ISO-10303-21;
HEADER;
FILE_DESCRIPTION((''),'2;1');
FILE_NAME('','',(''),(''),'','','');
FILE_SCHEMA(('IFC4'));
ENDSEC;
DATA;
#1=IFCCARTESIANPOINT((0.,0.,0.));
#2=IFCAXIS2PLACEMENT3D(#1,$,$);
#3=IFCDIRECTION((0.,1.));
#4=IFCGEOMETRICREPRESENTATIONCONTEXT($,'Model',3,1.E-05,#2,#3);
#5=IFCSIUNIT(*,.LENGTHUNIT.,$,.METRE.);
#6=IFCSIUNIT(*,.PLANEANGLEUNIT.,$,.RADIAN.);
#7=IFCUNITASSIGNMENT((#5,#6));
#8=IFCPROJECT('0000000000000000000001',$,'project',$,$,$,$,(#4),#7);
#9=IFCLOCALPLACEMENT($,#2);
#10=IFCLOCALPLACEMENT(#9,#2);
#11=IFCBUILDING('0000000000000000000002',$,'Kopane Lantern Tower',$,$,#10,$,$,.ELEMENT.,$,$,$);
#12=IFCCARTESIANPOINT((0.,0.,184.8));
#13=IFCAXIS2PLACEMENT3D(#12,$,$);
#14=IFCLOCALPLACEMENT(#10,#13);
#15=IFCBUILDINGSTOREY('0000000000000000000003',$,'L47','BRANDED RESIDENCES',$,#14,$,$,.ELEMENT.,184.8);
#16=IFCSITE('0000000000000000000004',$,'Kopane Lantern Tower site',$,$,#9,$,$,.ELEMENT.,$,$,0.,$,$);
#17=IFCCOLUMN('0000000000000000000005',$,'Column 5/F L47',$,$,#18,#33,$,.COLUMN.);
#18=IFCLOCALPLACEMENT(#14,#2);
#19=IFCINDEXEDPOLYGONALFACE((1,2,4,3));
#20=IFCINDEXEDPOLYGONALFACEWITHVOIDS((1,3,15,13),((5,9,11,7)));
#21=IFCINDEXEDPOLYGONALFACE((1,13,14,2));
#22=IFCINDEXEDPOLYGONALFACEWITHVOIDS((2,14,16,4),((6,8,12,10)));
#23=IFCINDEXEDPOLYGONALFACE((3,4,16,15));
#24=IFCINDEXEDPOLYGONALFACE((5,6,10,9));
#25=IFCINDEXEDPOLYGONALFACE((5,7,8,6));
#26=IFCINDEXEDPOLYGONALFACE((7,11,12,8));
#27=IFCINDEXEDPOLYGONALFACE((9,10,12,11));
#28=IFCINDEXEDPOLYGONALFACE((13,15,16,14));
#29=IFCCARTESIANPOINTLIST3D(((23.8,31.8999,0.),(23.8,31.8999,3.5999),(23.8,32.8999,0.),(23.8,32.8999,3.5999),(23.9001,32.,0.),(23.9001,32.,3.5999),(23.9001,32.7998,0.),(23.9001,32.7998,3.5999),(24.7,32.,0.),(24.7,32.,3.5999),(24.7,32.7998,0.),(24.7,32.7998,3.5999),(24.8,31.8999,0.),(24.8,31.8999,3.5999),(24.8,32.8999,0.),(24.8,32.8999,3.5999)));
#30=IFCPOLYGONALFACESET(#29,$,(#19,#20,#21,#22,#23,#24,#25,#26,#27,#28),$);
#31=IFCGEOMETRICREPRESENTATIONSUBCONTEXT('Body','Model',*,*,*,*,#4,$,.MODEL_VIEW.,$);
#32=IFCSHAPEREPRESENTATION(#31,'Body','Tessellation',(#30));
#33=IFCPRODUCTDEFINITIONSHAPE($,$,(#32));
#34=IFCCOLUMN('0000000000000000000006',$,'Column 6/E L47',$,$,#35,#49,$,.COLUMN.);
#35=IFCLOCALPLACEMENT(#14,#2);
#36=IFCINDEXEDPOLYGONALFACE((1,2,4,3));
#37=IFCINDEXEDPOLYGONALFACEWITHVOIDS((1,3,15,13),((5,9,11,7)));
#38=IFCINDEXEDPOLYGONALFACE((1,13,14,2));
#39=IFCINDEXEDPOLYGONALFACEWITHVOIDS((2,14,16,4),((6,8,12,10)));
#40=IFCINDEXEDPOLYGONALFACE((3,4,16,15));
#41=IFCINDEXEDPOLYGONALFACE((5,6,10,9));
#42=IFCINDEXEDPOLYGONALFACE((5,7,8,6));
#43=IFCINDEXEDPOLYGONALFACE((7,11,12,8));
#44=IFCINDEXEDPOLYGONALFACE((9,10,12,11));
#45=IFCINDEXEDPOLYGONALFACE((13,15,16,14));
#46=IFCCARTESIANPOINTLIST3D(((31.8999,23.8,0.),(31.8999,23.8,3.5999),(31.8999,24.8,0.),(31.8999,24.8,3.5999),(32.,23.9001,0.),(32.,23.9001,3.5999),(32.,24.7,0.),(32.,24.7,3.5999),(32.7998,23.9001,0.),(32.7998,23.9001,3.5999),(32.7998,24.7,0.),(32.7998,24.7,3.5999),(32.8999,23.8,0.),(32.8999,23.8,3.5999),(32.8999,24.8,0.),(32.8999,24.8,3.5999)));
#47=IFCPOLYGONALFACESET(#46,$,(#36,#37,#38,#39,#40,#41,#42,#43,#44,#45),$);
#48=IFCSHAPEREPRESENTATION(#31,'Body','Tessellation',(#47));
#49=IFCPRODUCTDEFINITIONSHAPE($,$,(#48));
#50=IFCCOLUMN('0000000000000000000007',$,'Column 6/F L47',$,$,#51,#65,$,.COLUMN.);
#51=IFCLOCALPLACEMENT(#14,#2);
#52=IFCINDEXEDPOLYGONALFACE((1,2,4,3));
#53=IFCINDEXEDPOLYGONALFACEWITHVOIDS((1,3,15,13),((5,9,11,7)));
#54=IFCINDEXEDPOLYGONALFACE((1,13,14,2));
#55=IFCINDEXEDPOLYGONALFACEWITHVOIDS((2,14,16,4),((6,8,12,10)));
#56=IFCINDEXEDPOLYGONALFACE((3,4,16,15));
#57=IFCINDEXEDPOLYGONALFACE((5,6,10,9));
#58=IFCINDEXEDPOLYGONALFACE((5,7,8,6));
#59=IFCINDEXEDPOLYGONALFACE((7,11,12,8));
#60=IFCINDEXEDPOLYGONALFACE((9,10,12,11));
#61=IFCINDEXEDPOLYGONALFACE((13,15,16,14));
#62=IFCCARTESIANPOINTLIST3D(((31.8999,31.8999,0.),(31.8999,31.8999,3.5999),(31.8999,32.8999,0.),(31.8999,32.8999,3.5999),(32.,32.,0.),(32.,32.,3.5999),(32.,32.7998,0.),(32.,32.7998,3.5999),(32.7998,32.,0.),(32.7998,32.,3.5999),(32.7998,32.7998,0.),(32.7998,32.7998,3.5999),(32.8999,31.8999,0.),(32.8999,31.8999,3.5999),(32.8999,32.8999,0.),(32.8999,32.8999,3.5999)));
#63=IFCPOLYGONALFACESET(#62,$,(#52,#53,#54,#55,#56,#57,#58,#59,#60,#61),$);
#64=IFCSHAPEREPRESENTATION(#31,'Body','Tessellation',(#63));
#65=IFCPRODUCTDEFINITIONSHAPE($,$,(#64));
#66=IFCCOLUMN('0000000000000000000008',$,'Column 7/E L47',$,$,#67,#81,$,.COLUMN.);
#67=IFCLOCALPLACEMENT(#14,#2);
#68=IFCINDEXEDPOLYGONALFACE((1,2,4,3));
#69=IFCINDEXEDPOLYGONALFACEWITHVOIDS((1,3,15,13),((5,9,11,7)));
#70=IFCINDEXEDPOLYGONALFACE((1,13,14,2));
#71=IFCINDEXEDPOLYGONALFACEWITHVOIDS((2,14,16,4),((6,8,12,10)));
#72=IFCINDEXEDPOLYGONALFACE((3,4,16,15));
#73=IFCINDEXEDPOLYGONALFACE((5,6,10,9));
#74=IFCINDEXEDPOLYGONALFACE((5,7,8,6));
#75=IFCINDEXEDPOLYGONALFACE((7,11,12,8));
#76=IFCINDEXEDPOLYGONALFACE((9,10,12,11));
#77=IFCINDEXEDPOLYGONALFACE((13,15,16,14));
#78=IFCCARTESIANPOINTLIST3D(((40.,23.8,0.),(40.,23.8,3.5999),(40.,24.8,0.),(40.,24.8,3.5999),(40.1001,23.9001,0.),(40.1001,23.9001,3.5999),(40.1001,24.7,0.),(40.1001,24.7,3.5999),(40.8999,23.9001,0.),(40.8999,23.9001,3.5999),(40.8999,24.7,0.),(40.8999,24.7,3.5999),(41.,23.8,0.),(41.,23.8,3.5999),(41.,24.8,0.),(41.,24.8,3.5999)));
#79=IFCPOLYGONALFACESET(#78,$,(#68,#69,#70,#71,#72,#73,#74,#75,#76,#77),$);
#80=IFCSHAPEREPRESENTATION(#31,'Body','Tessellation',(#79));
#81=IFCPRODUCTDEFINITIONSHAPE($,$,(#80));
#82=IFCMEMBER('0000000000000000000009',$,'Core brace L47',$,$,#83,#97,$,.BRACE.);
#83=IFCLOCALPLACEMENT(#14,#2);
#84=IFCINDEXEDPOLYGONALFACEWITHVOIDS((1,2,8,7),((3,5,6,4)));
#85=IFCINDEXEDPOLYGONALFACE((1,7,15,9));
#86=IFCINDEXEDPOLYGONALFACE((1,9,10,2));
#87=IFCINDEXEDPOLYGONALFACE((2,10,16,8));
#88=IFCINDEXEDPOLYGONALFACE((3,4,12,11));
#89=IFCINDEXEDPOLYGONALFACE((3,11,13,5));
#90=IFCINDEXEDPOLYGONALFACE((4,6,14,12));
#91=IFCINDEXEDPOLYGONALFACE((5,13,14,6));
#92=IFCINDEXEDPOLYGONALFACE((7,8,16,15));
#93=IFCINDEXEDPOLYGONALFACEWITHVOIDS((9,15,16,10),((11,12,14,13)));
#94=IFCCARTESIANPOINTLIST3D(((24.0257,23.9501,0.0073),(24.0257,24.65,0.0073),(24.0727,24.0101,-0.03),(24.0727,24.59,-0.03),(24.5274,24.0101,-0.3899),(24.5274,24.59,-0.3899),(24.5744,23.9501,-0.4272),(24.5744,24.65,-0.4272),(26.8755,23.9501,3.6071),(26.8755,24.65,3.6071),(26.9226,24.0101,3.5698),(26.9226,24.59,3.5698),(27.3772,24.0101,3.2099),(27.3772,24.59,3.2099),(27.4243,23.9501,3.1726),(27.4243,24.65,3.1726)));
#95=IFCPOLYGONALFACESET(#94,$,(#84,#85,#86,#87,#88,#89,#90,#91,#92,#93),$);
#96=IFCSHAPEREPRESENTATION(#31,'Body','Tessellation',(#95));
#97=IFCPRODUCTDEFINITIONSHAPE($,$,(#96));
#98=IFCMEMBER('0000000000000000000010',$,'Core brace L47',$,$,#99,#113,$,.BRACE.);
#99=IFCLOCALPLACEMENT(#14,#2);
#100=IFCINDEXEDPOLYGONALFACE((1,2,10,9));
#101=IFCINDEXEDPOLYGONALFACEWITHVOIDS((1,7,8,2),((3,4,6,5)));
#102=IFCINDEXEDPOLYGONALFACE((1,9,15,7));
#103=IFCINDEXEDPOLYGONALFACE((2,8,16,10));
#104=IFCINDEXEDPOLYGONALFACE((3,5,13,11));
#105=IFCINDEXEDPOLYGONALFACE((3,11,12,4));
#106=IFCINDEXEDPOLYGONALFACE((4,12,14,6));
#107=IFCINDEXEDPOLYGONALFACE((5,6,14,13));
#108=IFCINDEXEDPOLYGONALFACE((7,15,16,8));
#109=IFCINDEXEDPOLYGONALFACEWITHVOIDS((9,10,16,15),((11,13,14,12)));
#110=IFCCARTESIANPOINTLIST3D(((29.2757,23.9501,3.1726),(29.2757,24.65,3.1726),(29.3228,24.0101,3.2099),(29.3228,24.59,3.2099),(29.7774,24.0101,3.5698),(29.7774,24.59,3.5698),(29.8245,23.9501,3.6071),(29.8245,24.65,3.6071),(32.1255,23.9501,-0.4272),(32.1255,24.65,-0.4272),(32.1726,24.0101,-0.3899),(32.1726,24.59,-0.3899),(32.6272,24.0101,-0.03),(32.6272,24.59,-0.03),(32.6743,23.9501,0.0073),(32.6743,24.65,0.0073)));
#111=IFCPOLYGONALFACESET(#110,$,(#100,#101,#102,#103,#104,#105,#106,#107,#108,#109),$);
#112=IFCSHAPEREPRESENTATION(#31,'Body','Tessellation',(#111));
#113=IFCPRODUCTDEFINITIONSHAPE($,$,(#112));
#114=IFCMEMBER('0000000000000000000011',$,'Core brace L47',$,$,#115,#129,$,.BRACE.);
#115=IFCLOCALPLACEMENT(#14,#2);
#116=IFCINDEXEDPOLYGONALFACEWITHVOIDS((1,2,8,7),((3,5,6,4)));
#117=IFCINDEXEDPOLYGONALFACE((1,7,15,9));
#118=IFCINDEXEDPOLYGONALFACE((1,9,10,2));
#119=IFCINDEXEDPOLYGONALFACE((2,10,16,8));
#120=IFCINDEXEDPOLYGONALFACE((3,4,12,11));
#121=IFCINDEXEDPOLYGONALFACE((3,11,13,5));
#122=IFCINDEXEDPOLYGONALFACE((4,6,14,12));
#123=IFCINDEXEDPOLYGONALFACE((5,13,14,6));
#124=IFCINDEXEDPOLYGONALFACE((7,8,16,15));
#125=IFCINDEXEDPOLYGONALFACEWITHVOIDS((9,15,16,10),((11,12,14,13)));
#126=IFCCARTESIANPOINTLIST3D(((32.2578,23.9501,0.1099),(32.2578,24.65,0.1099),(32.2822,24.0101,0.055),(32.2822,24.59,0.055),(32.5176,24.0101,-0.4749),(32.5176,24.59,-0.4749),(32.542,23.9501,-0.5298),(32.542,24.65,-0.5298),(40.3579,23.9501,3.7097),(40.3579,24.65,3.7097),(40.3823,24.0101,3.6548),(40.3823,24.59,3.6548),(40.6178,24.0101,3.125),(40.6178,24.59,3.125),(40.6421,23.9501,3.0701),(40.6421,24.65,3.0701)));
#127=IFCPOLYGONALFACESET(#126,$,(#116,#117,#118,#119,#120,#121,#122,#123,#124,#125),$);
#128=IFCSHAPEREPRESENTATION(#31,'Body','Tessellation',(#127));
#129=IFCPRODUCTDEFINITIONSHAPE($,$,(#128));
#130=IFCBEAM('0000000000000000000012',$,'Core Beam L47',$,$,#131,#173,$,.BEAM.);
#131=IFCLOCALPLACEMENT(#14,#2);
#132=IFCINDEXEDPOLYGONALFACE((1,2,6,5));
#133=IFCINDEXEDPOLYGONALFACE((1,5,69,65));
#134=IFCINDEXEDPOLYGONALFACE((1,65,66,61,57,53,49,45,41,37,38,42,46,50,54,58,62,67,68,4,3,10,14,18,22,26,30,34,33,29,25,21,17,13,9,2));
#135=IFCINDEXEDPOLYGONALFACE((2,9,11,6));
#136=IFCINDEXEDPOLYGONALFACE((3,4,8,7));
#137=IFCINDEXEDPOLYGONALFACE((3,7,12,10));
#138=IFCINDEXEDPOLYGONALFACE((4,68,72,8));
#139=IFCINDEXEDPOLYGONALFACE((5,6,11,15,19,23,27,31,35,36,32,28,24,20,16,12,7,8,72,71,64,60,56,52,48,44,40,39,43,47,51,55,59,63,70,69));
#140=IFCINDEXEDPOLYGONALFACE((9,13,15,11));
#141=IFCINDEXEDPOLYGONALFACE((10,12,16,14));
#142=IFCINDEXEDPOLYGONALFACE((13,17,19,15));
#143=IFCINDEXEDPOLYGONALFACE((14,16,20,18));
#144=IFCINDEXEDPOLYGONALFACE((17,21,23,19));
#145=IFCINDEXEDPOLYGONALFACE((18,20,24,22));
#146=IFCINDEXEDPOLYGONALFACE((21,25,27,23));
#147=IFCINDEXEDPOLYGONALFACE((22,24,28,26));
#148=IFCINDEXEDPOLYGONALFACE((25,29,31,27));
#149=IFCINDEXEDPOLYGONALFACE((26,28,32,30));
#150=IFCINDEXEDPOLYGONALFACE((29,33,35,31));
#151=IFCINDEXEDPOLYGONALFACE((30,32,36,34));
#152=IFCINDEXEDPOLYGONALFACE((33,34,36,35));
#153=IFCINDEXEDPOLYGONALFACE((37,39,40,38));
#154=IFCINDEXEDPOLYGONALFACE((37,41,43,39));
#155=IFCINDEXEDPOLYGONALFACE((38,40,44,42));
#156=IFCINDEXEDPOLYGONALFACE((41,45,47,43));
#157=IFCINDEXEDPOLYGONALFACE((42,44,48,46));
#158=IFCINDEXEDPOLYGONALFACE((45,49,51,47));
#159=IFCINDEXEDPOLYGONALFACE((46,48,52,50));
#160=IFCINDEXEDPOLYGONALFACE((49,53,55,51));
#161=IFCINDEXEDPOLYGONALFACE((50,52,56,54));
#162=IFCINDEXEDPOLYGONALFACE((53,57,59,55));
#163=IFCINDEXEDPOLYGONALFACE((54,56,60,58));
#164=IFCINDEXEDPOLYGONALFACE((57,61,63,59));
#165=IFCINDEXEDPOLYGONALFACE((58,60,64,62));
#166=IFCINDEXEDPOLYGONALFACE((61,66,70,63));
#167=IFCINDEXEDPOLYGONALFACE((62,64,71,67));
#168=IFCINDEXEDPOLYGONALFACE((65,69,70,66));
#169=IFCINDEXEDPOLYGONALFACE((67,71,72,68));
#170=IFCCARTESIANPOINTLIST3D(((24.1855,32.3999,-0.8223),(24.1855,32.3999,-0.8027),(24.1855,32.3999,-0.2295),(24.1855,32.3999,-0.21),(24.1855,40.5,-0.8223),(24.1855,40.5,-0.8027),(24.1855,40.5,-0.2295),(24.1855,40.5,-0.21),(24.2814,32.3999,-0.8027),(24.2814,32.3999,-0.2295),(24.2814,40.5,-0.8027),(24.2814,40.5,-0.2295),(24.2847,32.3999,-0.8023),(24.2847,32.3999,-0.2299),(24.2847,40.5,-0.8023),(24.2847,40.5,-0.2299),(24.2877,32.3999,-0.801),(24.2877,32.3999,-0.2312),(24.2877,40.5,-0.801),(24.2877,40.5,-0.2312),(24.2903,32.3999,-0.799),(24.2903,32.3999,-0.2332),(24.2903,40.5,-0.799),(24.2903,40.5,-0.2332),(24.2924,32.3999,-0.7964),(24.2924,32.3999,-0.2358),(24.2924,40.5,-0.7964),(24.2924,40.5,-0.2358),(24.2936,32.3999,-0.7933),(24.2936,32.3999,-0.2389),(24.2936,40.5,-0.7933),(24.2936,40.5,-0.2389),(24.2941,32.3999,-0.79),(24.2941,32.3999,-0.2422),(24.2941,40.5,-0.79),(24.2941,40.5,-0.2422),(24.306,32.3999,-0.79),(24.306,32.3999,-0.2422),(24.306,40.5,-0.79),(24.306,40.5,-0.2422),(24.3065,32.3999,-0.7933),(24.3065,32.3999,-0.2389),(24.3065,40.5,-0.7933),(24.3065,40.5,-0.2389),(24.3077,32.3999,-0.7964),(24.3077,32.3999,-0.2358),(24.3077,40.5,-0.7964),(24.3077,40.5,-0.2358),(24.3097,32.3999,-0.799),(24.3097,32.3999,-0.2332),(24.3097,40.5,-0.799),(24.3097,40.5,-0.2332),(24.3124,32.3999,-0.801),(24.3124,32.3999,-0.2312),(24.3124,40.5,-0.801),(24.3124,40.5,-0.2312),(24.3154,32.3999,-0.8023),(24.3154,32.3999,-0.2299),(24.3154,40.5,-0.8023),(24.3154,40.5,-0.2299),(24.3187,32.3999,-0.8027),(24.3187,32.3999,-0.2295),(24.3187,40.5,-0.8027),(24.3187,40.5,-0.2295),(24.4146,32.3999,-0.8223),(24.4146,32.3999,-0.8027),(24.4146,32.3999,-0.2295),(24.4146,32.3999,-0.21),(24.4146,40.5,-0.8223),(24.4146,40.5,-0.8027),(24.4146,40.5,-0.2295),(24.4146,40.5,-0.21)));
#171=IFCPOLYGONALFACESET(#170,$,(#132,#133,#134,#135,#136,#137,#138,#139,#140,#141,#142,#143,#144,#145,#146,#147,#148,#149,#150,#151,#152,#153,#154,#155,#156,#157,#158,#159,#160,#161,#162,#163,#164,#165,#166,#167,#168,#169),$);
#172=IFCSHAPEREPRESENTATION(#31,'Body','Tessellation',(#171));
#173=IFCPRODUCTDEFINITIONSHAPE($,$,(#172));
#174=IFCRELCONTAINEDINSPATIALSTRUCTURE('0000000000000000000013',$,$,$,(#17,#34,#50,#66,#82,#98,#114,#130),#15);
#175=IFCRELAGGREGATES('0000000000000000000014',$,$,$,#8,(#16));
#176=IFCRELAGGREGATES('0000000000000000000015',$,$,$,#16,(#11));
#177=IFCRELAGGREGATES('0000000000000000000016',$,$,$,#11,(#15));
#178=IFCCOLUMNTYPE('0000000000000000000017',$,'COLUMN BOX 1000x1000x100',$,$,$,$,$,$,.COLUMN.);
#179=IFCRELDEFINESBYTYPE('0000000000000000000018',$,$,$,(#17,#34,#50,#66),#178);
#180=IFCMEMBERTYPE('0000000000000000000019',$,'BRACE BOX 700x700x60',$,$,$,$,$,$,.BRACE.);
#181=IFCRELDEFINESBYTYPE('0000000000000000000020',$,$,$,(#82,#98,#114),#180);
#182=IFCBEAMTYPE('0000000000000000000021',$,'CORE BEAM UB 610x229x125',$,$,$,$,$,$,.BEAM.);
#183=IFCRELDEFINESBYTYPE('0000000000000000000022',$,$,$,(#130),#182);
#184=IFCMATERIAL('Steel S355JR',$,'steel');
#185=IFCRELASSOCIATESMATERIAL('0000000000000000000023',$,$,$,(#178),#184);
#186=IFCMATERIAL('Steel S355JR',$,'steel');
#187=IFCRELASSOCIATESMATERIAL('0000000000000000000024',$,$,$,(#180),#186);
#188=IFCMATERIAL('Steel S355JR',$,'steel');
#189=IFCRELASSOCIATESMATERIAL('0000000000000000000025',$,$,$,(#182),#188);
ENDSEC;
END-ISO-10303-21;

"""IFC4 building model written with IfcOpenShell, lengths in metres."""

from ifc_helpers import new_model, si_unit, direction, frame, origin, origin_2d, place, context, subcontext, project, spatial, hollow_rectangle, i_section, extrude, material, material_profile, profile_set, type_object, element, save


model = new_model("IFC4")

# Units and contexts
model_context = context("Model", 3, precision=1e-05, world=origin(), true_north=direction((0.0, 1.0)))
body_context = subcontext(model_context, "Body", "Model", "MODEL_VIEW")
ifc_project = project(units=[si_unit("LENGTHUNIT", "METRE"), si_unit("PLANEANGLEUNIT", "RADIAN")], contexts=[model_context])

# Site, building, storey
site_placement = place(None, origin())
site = spatial("IfcSite", under=ifc_project, at=site_placement, Name="Kopane Lantern Tower site", CompositionType="ELEMENT", RefElevation=0.0)
building_placement = place(site_placement, origin())
building = spatial("IfcBuilding", under=site, at=building_placement, Name="Kopane Lantern Tower", CompositionType="ELEMENT")
storey_placement = place(building_placement, frame((0.0, 0.0, 184.8)))
storey = spatial("IfcBuildingStorey", under=building, at=storey_placement, Name="L47", Description="BRANDED RESIDENCES", CompositionType="ELEMENT", Elevation=184.8)

# Columns
ifc_material_1 = material(Name="Steel S355JR", Category="steel")
ifc_material_profile_1 = material_profile(ifc_material_1, hollow_rectangle(XDim=1.0, YDim=1.0, WallThickness=0.1001, at=origin_2d()), Name="BOX 1000x1000x100")
ifc_profile_set_1 = profile_set([ifc_material_profile_1], Name="Steel S355JR")
column_type = type_object("IfcColumnType", Name="COLUMN BOX 1000x1000x100", PredefinedType="COLUMN", material=ifc_profile_set_1)
for number, where, z_axis, x_axis, name in (
    (1, (24.3, 32.3999, 0.0), (0.0, 0.0, 1.0), (1.0, 0.0, 0.0), "Column 5/F L47"),
    (2, (32.3999, 24.3, 0.0), (0.0, 0.0, 1.0), (1.0, 0.0, 0.0), "Column 6/E L47"),
    (3, (32.3999, 32.3999, 0.0), (0.0, 0.0, 1.0), (1.0, 0.0, 0.0), "Column 6/F L47"),
    (4, (40.5, 24.3, 0.0), (0.0, 0.0, 1.0), (1.0, 0.0, 0.0), "Column 7/E L47"),
):
    element("IfcColumn", number, at=place(storey_placement, frame(where, z_axis=z_axis, x_axis=x_axis)), inside=storey, type_object=column_type, Name=name, PredefinedType="COLUMN", context=body_context, shape_type="SweptSolid", body=[
        extrude(hollow_rectangle(XDim=1.0, YDim=1.0, WallThickness=0.1001, at=origin_2d()), origin(), (0.0, 0.0, 1.0), 3.5999),
    ])

# Members
ifc_material_2 = material(Name="Steel S355JR", Category="steel")
ifc_material_profile_2 = material_profile(ifc_material_2, hollow_rectangle(XDim=0.7, YDim=0.7, WallThickness=0.0601, at=origin_2d()), Name="BOX 700x700x60")
ifc_profile_set_2 = profile_set([ifc_material_profile_2], Name="Steel S355JR")
member_type = type_object("IfcMemberType", Name="BRACE BOX 700x700x60", PredefinedType="BRACE", material=ifc_profile_set_2)
for number, where, z_axis, x_axis, name in (
    (5, (24.3, 24.3, -0.21), (0.620699, 0.0, 0.784049), (0.0, 1.0, 0.0), "Core brace L47"),
    (6, (32.3999, 24.3, -0.21), (-0.620699, 0.0, 0.784049), (0.0, -1.0, 0.0), "Core brace L47"),
):
    element("IfcMember", number, at=place(storey_placement, frame(where, z_axis=z_axis, x_axis=x_axis)), inside=storey, type_object=member_type, Name=name, PredefinedType="BRACE", context=body_context, shape_type="SweptSolid", body=[
        extrude(hollow_rectangle(XDim=0.7, YDim=0.7, WallThickness=0.0601, at=origin_2d()), origin(), (0.0, 0.0, 1.0), 4.5913),
    ])
member_placement = place(storey_placement, frame((32.3999, 24.3, -0.21), z_axis=(0.913819, 0.0, 0.406121), x_axis=(0.0, 1.0, 0.0)))
element("IfcMember", 7, at=member_placement, inside=storey, type_object=member_type, Name="Core brace L47", PredefinedType="BRACE", context=body_context, shape_type="SweptSolid", body=[
    extrude(hollow_rectangle(XDim=0.7, YDim=0.7, WallThickness=0.0601, at=origin_2d()), origin(), (0.0, 0.0, 1.0), 8.864),
])

# Beam
ifc_material_3 = material(Name="Steel S355JR", Category="steel")
ifc_material_profile_3 = material_profile(ifc_material_3, i_section(OverallWidth=0.229, OverallDepth=0.6123, WebThickness=0.012, FlangeThickness=0.0195, FilletRadius=0.0127, at=origin_2d()), Name="UB 610x229x125")
ifc_profile_set_3 = profile_set([ifc_material_profile_3], Name="Steel S355JR")
beam_type_1 = type_object("IfcBeamType", Name="CORE BEAM UB 610x229x125", PredefinedType="BEAM", material=ifc_profile_set_3)
beam_1_placement = place(storey_placement, frame((24.3, 32.3999, -0.5161), z_axis=(0.0, 1.0, 0.0), x_axis=(-1.0, 0.0, 0.0)))
element("IfcBeam", 8, at=beam_1_placement, inside=storey, type_object=beam_type_1, Name="Core Beam L47", PredefinedType="BEAM", context=body_context, shape_type="SweptSolid", body=[
    extrude(i_section(OverallWidth=0.229, OverallDepth=0.6123, WebThickness=0.012, FlangeThickness=0.0195, FilletRadius=0.0127, at=origin_2d()), origin(), (0.0, 0.0, 1.0), 8.1001),
])

save(model, "model.ifc")
